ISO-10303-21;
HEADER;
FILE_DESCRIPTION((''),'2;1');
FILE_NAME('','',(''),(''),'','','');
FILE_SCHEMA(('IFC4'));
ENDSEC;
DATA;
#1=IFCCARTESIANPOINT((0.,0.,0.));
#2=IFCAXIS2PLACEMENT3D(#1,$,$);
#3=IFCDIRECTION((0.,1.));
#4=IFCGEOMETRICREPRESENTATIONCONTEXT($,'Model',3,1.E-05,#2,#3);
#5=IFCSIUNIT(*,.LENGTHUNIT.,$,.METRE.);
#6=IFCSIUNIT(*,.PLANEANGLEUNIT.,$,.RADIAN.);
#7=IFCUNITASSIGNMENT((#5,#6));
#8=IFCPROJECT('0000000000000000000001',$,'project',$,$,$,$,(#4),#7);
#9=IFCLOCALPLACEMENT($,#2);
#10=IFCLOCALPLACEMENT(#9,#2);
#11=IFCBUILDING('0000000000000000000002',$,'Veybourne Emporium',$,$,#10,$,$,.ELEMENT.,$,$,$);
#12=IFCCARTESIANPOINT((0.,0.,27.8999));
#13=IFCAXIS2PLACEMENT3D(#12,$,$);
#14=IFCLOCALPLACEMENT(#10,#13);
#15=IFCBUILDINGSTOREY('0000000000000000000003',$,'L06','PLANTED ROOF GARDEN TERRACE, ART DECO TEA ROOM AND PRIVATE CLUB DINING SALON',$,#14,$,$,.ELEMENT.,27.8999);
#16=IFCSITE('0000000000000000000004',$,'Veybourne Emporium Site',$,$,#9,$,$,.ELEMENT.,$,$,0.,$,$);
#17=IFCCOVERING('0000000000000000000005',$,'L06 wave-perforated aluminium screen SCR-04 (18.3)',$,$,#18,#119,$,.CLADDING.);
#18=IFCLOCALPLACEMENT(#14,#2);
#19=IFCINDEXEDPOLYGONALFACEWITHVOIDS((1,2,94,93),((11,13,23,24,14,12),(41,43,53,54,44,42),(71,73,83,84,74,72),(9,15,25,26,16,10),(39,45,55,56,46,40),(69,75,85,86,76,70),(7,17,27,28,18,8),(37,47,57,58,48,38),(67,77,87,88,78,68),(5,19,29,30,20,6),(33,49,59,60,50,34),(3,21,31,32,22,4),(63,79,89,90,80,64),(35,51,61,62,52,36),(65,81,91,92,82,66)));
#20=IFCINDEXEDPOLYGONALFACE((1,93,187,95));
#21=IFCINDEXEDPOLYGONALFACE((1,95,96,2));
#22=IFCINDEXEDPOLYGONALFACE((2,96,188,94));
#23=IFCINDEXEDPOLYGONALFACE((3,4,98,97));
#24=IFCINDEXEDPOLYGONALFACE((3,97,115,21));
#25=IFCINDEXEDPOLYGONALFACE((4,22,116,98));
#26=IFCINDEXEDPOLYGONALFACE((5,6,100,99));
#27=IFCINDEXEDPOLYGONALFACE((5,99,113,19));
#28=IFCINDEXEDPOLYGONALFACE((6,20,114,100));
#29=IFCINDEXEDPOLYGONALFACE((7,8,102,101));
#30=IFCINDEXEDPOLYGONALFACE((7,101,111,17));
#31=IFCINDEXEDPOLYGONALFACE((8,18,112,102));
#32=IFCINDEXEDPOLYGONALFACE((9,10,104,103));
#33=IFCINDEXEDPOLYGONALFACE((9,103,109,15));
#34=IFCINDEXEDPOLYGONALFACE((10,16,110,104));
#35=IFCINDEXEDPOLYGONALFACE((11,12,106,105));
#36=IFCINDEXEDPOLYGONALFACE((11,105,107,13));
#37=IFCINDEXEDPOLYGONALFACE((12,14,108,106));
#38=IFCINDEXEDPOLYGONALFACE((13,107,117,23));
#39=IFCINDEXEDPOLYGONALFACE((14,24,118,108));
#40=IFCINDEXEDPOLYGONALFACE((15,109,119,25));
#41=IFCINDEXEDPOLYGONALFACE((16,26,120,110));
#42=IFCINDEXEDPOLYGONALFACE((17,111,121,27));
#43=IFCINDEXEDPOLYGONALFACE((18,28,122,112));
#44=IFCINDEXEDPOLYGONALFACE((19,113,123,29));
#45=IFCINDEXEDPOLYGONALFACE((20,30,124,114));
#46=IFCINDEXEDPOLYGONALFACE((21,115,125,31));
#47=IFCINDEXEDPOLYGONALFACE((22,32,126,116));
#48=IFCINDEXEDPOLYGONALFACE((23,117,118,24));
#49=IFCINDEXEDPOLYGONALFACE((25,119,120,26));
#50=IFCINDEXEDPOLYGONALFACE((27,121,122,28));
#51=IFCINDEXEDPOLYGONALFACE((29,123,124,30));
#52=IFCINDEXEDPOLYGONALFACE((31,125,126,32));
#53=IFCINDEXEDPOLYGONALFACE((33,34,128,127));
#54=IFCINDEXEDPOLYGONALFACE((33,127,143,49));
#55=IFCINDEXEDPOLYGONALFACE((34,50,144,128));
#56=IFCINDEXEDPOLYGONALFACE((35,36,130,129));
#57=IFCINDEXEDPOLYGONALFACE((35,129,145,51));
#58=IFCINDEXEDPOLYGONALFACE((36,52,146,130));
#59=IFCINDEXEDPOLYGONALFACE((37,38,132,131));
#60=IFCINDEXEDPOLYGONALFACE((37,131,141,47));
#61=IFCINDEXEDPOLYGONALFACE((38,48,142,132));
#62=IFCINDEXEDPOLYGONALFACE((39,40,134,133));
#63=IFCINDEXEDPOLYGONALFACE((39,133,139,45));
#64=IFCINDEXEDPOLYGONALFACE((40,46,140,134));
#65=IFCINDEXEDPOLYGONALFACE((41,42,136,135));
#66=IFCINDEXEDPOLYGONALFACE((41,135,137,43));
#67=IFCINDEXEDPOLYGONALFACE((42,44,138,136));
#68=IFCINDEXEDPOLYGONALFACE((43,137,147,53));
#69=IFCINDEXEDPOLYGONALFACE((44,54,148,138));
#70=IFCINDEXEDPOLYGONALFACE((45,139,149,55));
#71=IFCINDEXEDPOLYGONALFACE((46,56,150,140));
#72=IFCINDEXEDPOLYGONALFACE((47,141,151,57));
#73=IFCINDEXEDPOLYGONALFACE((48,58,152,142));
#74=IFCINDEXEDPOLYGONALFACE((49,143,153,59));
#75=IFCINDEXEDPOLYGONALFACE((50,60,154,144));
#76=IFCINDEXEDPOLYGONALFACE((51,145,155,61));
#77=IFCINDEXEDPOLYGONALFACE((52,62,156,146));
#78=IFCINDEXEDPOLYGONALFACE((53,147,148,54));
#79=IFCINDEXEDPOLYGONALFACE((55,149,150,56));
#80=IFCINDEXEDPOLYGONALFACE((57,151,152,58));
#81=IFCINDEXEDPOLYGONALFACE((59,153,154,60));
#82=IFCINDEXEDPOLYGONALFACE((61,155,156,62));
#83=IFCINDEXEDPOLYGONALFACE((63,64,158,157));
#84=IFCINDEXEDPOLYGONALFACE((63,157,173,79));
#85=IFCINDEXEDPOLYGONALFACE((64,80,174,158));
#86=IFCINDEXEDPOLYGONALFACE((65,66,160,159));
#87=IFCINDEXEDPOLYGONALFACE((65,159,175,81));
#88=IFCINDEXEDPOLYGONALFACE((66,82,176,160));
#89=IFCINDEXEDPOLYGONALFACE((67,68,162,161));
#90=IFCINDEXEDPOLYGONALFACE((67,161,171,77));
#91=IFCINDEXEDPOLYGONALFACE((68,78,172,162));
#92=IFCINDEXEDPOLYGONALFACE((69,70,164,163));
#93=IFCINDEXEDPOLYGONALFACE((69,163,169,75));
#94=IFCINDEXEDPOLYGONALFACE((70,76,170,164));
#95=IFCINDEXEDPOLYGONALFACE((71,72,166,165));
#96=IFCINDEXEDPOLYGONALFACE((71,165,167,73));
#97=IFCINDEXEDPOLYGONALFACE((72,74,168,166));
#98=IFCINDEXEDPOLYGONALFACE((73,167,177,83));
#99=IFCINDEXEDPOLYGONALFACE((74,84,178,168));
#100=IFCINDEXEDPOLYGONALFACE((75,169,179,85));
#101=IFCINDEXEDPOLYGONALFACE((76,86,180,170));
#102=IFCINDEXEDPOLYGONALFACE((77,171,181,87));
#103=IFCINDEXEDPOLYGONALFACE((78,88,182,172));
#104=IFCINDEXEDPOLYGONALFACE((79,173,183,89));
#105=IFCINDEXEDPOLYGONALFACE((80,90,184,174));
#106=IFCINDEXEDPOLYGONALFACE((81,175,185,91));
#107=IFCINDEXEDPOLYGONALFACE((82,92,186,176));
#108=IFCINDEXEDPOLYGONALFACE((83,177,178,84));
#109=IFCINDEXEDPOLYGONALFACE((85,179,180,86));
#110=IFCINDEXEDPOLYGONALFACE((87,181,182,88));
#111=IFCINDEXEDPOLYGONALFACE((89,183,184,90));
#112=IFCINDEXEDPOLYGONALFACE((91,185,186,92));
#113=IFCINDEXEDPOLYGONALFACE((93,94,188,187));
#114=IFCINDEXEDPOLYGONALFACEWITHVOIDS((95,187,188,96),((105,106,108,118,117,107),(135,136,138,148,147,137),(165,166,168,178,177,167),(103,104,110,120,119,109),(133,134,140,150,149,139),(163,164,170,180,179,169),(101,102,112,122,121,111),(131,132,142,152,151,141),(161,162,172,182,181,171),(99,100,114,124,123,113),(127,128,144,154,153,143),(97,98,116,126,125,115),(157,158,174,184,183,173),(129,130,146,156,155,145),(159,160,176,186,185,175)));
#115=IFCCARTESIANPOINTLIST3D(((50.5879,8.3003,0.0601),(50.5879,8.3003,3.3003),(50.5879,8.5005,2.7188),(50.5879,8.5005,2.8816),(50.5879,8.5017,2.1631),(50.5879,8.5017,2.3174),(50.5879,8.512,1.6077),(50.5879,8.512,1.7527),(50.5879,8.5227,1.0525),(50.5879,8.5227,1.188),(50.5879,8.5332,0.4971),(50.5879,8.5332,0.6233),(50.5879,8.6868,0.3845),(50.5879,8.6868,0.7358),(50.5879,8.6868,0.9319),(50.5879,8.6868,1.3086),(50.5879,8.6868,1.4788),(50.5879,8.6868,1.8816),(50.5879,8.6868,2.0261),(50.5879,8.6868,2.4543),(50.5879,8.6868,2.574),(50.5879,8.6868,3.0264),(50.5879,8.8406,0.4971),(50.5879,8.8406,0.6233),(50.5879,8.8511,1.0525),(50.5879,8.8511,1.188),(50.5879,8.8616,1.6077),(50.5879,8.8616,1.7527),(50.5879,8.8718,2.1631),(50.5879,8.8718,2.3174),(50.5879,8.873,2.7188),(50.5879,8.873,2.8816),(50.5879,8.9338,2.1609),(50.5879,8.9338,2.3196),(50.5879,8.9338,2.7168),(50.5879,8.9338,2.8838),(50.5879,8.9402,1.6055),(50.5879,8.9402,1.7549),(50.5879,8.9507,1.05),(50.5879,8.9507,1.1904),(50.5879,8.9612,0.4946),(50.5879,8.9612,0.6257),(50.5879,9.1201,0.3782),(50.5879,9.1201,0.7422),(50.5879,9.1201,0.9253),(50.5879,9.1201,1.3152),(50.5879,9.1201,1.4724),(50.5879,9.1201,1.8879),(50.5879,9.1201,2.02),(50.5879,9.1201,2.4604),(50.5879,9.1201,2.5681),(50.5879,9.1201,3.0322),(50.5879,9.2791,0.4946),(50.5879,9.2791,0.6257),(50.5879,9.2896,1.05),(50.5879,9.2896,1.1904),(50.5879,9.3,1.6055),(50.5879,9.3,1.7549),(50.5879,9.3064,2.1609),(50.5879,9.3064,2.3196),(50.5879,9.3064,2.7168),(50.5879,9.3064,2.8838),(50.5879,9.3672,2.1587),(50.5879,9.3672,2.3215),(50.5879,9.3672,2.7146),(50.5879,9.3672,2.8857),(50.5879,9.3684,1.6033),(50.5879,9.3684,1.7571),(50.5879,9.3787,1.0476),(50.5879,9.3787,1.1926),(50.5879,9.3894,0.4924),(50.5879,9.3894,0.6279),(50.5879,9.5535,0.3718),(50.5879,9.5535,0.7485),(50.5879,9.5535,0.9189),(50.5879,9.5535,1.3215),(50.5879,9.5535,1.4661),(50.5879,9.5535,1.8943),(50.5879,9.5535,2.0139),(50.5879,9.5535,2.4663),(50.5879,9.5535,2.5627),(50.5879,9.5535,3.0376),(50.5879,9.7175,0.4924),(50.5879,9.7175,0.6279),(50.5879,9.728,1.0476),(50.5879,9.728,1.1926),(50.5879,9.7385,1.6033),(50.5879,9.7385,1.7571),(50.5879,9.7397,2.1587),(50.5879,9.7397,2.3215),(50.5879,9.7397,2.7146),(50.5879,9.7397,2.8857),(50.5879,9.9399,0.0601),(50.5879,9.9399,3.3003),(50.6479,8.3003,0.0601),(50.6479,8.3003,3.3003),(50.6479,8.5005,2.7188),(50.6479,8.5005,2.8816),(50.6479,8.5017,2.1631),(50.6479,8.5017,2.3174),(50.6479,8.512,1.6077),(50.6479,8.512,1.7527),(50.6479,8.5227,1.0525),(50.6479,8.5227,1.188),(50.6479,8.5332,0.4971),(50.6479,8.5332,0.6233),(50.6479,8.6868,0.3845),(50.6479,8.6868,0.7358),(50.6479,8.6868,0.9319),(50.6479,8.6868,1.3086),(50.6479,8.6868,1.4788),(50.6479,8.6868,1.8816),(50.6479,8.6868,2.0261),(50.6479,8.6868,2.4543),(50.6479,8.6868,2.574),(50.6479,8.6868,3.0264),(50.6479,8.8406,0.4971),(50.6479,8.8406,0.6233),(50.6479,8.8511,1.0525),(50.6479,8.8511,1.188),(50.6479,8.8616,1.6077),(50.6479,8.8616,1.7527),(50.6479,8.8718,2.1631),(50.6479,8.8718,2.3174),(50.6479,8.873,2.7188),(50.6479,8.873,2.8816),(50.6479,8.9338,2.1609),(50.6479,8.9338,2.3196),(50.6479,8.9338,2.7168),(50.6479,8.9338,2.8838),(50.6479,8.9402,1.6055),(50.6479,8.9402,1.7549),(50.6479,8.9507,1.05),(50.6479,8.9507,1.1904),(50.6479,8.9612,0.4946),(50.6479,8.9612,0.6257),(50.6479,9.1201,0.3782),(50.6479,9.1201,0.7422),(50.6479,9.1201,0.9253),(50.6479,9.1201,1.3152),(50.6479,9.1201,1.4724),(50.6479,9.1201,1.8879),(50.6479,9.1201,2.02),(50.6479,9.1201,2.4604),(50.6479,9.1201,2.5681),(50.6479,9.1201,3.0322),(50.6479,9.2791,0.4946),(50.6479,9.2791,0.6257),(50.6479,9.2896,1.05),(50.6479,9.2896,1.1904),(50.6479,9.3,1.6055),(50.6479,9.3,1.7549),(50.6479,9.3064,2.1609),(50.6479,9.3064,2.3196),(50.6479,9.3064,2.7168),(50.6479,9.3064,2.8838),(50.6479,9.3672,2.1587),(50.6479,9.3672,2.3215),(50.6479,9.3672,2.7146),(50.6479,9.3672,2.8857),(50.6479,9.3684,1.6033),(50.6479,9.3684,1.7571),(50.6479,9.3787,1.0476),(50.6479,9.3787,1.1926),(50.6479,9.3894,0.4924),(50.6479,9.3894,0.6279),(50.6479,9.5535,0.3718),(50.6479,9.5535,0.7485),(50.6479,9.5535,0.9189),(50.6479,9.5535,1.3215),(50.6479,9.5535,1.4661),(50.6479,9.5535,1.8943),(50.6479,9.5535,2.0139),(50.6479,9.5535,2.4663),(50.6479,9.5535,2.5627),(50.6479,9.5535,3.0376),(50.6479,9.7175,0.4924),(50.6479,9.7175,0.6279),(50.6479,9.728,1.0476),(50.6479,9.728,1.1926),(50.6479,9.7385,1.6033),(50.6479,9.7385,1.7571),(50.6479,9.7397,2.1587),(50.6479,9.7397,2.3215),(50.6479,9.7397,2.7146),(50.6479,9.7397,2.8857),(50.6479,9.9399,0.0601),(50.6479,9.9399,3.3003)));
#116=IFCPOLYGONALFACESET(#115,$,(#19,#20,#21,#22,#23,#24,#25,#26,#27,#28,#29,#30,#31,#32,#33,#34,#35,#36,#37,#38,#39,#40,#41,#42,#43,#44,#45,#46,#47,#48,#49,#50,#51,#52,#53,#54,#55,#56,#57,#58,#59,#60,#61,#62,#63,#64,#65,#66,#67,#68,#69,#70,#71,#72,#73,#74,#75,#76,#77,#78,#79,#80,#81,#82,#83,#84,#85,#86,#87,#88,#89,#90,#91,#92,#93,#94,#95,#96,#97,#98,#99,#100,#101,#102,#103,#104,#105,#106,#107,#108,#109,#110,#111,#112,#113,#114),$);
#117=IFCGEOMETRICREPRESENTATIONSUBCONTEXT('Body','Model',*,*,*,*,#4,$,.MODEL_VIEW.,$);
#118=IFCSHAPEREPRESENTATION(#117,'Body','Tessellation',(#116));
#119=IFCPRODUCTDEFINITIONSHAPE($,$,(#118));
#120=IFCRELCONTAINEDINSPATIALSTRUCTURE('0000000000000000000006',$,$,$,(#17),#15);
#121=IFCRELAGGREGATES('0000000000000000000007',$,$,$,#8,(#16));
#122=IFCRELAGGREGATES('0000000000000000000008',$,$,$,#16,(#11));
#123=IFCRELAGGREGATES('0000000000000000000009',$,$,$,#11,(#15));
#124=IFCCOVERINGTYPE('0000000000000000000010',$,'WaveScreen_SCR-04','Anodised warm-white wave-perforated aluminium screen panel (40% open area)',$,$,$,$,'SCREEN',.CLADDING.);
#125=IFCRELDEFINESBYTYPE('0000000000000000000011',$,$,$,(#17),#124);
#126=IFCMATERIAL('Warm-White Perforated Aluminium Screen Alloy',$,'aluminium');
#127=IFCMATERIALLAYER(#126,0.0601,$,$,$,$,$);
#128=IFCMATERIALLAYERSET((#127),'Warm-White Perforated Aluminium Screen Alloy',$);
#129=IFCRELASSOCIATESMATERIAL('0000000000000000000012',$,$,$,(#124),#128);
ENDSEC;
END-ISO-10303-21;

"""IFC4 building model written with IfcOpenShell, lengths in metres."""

from ifc_helpers import new_model, si_unit, direction, frame, origin, place, context, subcontext, project, spatial, polyline, outline, extrude, material, layer, layer_set, type_object, element, save


model = new_model("IFC4")

# Units and contexts
model_context = context("Model", 3, precision=1e-05, world=origin(), true_north=direction((0.0, 1.0)))
body_context = subcontext(model_context, "Body", "Model", "MODEL_VIEW")
ifc_project = project(units=[si_unit("LENGTHUNIT", "METRE"), si_unit("PLANEANGLEUNIT", "RADIAN")], contexts=[model_context])

# Site, building, storey
site_placement = place(None, origin())
site = spatial("IfcSite", under=ifc_project, at=site_placement, Name="Veybourne Emporium Site", CompositionType="ELEMENT", RefElevation=0.0)
building_placement = place(site_placement, origin())
building = spatial("IfcBuilding", under=site, at=building_placement, Name="Veybourne Emporium", CompositionType="ELEMENT")
storey_placement = place(building_placement, frame((0.0, 0.0, 27.8999)))
storey = spatial("IfcBuildingStorey", under=building, at=storey_placement, Name="L06", Description="PLANTED ROOF GARDEN TERRACE, ART DECO TEA ROOM AND PRIVATE CLUB DINING SALON", CompositionType="ELEMENT", Elevation=27.8999)

# Covering
ifc_material_1 = material(Name="Warm-White Perforated Aluminium Screen Alloy", Category="aluminium")
ifc_layer_1 = layer(ifc_material_1, 0.0601)
ifc_layer_set_1 = layer_set([ifc_layer_1], Name="Warm-White Perforated Aluminium Screen Alloy")
covering_type_1 = type_object("IfcCoveringType", Name="WaveScreen_SCR-04", Description="Anodised warm-white wave-perforated aluminium screen panel (40% open area)", ElementType="SCREEN", PredefinedType="CLADDING", material=ifc_layer_set_1)
covering_1_placement = place(storey_placement, frame((50.6479, 9.1201, 1.6802), z_axis=(-1.0, 0.0, 0.0), x_axis=(0.0, -1.0, 0.0)))
element("IfcCovering", 1, at=covering_1_placement, inside=storey, type_object=covering_type_1, Name="L06 wave-perforated aluminium screen SCR-04 (18.3)", PredefinedType="CLADDING", context=body_context, shape_type="SweptSolid", body=[
    extrude(outline(polyline([(-0.8198, -1.6201), (0.8198, -1.6201), (0.8198, 1.6201), (-0.8198, 1.6201), (-0.8198, -1.6201)]), holes=[polyline([(-0.4333, -0.9316), (-0.2693, -1.0522), (-0.2693, -1.1877), (-0.4333, -1.3083), (-0.5974, -1.1877), (-0.5974, -1.0522), (-0.4333, -0.9316)]), polyline([(-0.4333, -0.3586), (-0.2585, -0.4875), (-0.2585, -0.6326), (-0.4333, -0.7612), (-0.6079, -0.6326), (-0.6079, -0.4875), (-0.4333, -0.3586)]), polyline([(-0.4333, 0.2141), (-0.2483, 0.0769), (-0.2483, -0.0769), (-0.4333, -0.2141), (-0.6184, -0.0769), (-0.6184, 0.0769), (-0.4333, 0.2141)]), polyline([(-0.4333, 0.7861), (-0.2471, 0.6414), (-0.2471, 0.4785), (-0.4333, 0.3337), (-0.6196, 0.4785), (-0.6196, 0.6414), (-0.4333, 0.7861)]), polyline([(-0.4333, 1.3574), (-0.2471, 1.2056), (-0.2471, 1.0344), (-0.4333, 0.8826), (-0.6196, 1.0344), (-0.6196, 1.2056), (-0.4333, 1.3574)]), polyline([(0.0, -0.938), (0.1589, -1.0544), (0.1589, -1.1855), (0.0, -1.302), (-0.1589, -1.1855), (-0.1589, -1.0544), (0.0, -0.938)]), polyline([(0.0, -0.365), (0.1694, -0.4897), (0.1694, -0.6301), (0.0, -0.7549), (-0.1694, -0.6301), (-0.1694, -0.4897), (0.0, -0.365)]), polyline([(0.0, 0.2078), (0.1799, 0.0747), (0.1799, -0.0747), (0.0, -0.2078), (-0.1799, -0.0747), (-0.1799, 0.0747), (0.0, 0.2078)]), polyline([(0.0, 0.7803), (0.1863, 0.6394), (0.1863, 0.4807), (0.0, 0.3398), (-0.1863, 0.4807), (-0.1863, 0.6394), (0.0, 0.7803)]), polyline([(0.0, 1.3521), (0.1863, 1.2036), (0.1863, 1.0366), (0.0, 0.8879), (-0.1863, 1.0366), (-0.1863, 1.2036), (0.0, 1.3521)]), polyline([(0.4333, -0.9443), (0.5869, -1.0569), (0.5869, -1.1831), (0.4333, -1.2957), (0.2795, -1.1831), (0.2795, -1.0569), (0.4333, -0.9443)]), polyline([(0.4333, -0.3716), (0.5974, -0.4922), (0.5974, -0.6277), (0.4333, -0.7483), (0.269, -0.6277), (0.269, -0.4922), (0.4333, -0.3716)]), polyline([(0.4333, 0.2014), (0.6082, 0.0725), (0.6082, -0.0725), (0.4333, -0.2014), (0.2585, -0.0725), (0.2585, 0.0725), (0.4333, 0.2014)]), polyline([(0.4333, 0.7742), (0.6184, 0.6372), (0.6184, 0.4829), (0.4333, 0.3459), (0.2483, 0.4829), (0.2483, 0.6372), (0.4333, 0.7742)]), polyline([(0.4333, 1.3462), (0.6196, 1.2014), (0.6196, 1.0386), (0.4333, 0.8938), (0.2471, 1.0386), (0.2471, 1.2014), (0.4333, 1.3462)])]), origin(), (0.0, 0.0, 1.0), 0.0601),
])

save(model, "model.ifc")
